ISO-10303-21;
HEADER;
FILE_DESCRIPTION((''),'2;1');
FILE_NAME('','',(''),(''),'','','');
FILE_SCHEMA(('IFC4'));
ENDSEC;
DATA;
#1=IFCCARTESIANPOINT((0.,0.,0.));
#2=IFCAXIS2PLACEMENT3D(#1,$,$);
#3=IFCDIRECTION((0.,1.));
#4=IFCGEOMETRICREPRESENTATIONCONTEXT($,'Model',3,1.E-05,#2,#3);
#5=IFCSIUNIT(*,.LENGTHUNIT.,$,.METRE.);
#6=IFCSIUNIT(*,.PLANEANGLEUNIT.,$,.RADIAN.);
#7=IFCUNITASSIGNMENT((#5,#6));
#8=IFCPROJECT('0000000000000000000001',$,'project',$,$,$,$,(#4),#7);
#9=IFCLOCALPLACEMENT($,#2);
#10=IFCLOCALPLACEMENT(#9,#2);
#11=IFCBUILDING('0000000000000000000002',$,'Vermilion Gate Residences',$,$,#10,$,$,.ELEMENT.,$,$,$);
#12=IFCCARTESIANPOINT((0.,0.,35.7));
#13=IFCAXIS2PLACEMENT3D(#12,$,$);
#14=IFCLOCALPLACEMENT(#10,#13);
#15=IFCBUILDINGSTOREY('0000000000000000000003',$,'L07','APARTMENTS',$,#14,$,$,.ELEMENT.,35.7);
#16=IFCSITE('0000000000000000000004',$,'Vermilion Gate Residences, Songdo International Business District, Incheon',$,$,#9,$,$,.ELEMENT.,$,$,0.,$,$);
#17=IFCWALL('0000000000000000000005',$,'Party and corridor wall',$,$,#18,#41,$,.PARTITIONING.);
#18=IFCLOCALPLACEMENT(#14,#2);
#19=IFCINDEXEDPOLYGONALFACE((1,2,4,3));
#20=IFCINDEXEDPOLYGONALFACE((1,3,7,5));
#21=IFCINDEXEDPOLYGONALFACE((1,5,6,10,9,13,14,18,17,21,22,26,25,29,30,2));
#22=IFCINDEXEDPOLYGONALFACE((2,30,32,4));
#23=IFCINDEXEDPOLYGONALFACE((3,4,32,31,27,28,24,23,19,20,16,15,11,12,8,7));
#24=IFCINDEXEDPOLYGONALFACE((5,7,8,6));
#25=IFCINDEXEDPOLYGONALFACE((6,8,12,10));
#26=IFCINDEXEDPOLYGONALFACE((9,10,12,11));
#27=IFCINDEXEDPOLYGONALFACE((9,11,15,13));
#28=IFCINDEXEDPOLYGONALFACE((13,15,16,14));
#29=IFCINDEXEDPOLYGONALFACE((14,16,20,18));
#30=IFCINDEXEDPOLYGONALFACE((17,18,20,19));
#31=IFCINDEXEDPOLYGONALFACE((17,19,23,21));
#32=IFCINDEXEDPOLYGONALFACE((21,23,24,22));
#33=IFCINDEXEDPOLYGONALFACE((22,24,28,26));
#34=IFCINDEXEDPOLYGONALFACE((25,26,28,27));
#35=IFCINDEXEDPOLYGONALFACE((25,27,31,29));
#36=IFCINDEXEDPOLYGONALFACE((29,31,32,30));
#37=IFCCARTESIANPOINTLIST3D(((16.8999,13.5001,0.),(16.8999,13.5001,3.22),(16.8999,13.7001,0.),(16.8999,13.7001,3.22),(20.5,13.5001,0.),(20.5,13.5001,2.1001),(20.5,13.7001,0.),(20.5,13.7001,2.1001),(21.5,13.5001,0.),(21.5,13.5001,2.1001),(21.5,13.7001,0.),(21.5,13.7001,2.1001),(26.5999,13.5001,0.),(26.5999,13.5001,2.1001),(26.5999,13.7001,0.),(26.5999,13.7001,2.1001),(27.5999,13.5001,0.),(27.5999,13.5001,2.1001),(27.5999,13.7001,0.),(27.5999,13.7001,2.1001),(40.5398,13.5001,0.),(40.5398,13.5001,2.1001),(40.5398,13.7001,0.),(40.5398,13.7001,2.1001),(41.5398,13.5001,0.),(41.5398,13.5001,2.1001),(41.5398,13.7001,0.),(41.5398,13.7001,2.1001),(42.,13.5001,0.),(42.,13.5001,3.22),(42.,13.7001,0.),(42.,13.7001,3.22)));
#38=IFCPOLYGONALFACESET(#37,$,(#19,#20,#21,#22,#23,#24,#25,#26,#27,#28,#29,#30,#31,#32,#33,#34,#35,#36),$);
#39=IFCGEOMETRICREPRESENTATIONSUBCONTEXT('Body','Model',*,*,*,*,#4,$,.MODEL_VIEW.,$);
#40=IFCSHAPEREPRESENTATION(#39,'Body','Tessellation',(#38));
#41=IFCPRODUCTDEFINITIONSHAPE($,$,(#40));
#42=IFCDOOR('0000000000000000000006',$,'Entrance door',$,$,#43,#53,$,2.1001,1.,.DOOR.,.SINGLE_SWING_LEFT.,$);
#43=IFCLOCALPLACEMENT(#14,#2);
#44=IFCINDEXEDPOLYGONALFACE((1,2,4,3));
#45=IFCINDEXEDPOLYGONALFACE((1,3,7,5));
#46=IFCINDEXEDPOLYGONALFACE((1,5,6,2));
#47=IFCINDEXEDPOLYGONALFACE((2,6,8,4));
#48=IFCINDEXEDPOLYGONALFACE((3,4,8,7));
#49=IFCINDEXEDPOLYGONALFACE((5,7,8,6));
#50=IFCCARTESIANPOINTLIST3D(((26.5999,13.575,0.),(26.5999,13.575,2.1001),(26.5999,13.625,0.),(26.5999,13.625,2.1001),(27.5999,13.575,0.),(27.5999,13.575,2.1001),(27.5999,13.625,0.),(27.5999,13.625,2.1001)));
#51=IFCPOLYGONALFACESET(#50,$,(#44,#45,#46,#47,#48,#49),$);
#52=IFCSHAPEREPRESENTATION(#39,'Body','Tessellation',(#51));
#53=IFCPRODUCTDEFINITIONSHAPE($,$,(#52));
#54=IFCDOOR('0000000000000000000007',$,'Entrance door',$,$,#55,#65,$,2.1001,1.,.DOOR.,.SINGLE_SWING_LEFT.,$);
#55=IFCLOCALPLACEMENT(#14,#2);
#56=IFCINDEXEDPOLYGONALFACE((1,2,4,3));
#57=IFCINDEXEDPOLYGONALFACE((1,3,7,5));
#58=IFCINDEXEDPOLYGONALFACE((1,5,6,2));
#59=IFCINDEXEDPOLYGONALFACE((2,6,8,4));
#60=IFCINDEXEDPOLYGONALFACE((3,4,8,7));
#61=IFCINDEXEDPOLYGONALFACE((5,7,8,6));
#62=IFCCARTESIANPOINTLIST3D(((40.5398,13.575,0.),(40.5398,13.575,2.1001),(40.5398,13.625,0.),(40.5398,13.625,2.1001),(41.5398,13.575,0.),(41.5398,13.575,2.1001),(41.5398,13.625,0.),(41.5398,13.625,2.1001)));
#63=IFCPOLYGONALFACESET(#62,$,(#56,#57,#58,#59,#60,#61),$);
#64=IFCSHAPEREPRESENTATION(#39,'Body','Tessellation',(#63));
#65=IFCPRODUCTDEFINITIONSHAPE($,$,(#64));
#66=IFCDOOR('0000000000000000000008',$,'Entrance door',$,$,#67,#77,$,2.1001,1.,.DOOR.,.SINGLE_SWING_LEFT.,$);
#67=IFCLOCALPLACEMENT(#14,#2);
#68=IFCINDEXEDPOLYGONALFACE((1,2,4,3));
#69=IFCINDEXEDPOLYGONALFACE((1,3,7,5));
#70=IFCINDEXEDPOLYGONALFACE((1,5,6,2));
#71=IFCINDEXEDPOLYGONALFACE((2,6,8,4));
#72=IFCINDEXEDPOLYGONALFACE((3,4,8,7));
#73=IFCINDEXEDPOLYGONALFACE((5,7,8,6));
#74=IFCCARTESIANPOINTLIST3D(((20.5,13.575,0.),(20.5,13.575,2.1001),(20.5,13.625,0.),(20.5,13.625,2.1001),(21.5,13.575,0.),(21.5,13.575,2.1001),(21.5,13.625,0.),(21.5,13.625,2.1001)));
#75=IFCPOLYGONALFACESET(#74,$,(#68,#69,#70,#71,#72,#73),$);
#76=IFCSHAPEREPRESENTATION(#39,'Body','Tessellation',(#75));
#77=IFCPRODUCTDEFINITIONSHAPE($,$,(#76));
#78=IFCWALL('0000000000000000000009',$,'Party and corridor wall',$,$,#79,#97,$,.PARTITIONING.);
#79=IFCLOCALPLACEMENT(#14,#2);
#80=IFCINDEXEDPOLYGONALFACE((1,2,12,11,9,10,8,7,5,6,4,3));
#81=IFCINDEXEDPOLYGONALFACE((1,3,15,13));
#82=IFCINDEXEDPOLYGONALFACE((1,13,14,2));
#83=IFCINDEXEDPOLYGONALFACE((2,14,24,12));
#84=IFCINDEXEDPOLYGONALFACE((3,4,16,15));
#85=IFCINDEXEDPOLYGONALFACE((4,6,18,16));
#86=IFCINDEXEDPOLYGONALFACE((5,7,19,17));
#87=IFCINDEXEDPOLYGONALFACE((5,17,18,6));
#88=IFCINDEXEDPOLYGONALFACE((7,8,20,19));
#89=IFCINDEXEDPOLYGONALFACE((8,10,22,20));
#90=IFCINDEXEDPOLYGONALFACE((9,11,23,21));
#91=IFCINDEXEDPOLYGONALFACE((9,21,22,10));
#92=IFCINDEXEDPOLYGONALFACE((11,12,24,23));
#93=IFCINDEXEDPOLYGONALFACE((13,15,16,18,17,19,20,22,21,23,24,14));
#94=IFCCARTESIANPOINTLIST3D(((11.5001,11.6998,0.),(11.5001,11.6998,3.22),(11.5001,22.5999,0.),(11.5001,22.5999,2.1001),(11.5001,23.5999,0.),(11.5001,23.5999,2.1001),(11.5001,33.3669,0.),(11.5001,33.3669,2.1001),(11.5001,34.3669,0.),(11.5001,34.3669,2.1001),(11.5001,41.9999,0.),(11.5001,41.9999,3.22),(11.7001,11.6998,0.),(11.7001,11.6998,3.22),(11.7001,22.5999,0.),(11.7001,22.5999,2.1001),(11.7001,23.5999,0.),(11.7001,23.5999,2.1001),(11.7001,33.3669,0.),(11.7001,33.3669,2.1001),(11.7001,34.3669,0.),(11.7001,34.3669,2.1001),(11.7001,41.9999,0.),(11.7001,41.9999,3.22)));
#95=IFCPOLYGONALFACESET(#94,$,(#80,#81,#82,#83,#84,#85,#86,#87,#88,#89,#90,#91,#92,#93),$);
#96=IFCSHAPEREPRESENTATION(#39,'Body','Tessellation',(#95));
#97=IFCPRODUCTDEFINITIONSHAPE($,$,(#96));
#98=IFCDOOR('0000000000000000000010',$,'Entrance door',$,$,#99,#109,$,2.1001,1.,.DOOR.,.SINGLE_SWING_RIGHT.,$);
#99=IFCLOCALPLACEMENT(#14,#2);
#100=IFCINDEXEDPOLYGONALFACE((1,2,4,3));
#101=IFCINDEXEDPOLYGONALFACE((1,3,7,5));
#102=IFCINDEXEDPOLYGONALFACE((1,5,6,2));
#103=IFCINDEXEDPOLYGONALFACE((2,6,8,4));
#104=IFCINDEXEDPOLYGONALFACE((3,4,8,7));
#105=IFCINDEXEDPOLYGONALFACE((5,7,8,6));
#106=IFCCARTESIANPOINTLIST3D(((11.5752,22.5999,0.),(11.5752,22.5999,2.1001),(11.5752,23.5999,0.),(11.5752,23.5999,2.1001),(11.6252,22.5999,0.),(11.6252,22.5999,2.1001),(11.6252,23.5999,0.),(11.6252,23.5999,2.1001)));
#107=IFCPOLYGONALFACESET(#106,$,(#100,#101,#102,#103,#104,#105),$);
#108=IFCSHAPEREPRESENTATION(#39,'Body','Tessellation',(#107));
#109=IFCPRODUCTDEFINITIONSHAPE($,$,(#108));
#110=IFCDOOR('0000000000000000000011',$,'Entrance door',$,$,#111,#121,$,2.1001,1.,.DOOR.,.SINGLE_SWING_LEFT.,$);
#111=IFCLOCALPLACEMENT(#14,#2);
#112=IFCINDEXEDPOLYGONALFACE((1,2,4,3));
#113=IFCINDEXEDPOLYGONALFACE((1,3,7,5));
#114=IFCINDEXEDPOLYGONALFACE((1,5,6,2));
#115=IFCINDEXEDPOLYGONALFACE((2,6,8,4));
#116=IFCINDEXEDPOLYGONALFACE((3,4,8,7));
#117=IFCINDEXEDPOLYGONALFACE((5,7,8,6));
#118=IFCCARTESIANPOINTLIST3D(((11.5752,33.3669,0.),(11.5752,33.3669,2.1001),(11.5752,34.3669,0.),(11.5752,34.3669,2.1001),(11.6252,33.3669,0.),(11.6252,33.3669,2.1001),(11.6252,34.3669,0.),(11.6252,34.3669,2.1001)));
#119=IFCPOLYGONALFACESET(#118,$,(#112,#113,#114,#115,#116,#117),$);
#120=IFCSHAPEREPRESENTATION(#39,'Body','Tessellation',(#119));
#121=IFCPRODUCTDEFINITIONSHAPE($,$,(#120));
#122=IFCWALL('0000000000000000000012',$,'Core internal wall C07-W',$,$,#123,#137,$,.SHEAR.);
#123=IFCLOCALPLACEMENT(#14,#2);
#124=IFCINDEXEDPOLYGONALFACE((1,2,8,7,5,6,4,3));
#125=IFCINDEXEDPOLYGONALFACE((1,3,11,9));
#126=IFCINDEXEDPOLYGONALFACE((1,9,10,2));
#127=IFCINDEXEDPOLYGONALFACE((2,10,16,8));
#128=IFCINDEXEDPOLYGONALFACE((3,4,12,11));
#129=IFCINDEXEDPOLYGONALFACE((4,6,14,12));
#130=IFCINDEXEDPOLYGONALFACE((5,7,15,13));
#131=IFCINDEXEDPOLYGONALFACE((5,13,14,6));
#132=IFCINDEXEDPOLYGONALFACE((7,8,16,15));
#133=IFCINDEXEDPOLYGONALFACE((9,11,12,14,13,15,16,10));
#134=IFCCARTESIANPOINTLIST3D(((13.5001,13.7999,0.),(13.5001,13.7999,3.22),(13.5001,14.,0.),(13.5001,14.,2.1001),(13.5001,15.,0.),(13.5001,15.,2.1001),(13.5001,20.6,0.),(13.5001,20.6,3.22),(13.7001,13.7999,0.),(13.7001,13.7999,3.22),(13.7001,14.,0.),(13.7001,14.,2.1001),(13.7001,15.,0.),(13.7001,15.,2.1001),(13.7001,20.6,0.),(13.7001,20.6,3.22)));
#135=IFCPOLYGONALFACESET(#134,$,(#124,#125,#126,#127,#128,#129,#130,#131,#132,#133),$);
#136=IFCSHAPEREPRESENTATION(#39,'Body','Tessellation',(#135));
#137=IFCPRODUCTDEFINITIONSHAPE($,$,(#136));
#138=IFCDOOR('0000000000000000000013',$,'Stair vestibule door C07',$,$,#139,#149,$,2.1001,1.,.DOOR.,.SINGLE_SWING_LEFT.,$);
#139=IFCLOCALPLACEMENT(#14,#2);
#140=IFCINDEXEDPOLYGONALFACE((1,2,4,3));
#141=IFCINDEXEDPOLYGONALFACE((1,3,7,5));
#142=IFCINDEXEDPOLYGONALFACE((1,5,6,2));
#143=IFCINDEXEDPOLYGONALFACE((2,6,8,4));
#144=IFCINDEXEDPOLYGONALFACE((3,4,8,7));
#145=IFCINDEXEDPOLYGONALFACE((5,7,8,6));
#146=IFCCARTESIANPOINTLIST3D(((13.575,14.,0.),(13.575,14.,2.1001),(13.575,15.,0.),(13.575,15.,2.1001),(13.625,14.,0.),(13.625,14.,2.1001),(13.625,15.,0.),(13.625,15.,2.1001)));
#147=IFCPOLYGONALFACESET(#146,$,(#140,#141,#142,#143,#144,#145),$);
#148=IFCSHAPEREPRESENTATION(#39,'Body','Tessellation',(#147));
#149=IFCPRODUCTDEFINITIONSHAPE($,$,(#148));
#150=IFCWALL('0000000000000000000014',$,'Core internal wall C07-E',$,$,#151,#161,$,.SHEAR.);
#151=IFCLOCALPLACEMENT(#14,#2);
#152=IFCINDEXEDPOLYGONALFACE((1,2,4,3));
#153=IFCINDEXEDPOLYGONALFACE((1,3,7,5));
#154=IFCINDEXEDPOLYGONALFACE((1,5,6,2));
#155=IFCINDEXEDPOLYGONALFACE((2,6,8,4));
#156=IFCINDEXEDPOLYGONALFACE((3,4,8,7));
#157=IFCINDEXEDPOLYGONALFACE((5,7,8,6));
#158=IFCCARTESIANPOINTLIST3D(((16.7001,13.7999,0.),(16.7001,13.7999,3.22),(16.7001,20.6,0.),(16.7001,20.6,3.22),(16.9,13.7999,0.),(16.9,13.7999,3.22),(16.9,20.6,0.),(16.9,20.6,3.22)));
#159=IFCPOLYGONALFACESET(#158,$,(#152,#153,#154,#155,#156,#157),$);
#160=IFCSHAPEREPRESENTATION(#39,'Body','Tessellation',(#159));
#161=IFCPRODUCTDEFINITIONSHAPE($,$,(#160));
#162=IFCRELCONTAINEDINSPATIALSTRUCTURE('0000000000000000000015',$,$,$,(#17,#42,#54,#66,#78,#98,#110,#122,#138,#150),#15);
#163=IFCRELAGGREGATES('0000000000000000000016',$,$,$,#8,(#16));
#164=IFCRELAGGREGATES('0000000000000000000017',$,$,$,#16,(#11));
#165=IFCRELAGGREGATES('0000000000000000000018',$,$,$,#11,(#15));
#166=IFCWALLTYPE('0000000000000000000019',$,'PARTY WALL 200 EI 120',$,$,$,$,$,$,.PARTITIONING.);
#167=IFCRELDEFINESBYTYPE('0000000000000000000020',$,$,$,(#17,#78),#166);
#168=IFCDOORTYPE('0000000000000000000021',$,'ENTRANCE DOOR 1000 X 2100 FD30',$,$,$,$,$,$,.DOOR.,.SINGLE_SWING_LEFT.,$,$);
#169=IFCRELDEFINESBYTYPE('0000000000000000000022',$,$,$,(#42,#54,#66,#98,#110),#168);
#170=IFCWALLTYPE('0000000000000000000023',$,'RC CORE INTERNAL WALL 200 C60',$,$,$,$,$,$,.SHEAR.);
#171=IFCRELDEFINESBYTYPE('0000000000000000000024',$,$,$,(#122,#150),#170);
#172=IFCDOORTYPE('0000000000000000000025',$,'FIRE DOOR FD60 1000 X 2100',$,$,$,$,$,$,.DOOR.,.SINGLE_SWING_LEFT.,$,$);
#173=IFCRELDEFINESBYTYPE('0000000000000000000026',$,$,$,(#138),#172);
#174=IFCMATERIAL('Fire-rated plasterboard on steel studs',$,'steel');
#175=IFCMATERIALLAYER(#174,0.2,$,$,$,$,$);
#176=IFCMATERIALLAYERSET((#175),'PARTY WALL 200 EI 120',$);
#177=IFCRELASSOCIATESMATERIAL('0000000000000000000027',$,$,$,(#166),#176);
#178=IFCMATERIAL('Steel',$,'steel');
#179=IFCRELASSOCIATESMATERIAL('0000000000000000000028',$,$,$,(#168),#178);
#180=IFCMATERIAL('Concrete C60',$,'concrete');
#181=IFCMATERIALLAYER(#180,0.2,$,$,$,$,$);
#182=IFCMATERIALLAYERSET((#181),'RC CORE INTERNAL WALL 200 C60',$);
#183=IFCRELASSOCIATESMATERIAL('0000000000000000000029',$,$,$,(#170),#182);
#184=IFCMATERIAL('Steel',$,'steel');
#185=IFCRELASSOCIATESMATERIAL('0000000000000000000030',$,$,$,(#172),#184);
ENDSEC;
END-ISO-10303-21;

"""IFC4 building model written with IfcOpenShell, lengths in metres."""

from ifc_helpers import new_model, si_unit, direction, frame, frame_2d, origin, place, context, subcontext, project, spatial, rectangle, extrude, material, layer, layer_set, type_object, element, fill, save


model = new_model("IFC4")

# Units and contexts
model_context = context("Model", 3, precision=1e-05, world=origin(), true_north=direction((0.0, 1.0)))
body_context = subcontext(model_context, "Body", "Model", "MODEL_VIEW")
ifc_project = project(units=[si_unit("LENGTHUNIT", "METRE"), si_unit("PLANEANGLEUNIT", "RADIAN")], contexts=[model_context])

# Site, building, storey
site_placement = place(None, origin())
site = spatial("IfcSite", under=ifc_project, at=site_placement, Name="Vermilion Gate Residences, Songdo International Business District, Incheon", CompositionType="ELEMENT", RefElevation=0.0)
building_placement = place(site_placement, origin())
building = spatial("IfcBuilding", under=site, at=building_placement, Name="Vermilion Gate Residences", CompositionType="ELEMENT")
storey_placement = place(building_placement, frame((0.0, 0.0, 35.7)))
storey = spatial("IfcBuildingStorey", under=building, at=storey_placement, Name="L07", Description="APARTMENTS", CompositionType="ELEMENT", Elevation=35.7)

# Walls, openings, doors
ifc_material_1 = material(Name="Fire-rated plasterboard on steel studs", Category="steel")
ifc_layer_1 = layer(ifc_material_1, 0.2)
ifc_layer_set_1 = layer_set([ifc_layer_1], Name="PARTY WALL 200 EI 120")
wall_type_1 = type_object("IfcWallType", Name="PARTY WALL 200 EI 120", PredefinedType="PARTITIONING", material=ifc_layer_set_1)
wall_1_placement = place(storey_placement, frame((16.8999, 13.6001, 0.0), z_axis=(0.0, 0.0, 1.0), x_axis=(1.0, 0.0, 0.0)))
wall_1 = element("IfcWall", 1, at=wall_1_placement, inside=storey, type_object=wall_type_1, Name="Party and corridor wall", PredefinedType="PARTITIONING", context=body_context, shape_type="SweptSolid", body=[
    extrude(rectangle(XDim=25.1001, YDim=0.2, at=frame_2d((12.55, 0.0))), origin(), (0.0, 0.0, 1.0), 3.22),
])
opening_1_placement = place(wall_1_placement, frame((9.7, 0.0, 0.0)))
opening_1 = element("IfcOpeningElement", 2, at=opening_1_placement, cuts=wall_1, PredefinedType="OPENING", context=body_context, shape_type="SweptSolid", body=[
    extrude(rectangle(XDim=1.0, YDim=2.1001, at=frame_2d((0.5, 1.05))), frame((0.0, 0.1099, 0.0), z_axis=(0.0, -1.0, 0.0), x_axis=(1.0, 0.0, 0.0)), (0.0, 0.0, 1.0), 0.22),
])
opening_2_placement = place(wall_1_placement, frame((23.6399, 0.0, 0.0)))
opening_2 = element("IfcOpeningElement", 3, at=opening_2_placement, cuts=wall_1, PredefinedType="OPENING", context=body_context, shape_type="SweptSolid", body=[
    extrude(rectangle(XDim=1.0, YDim=2.1001, at=frame_2d((0.5, 1.05))), frame((0.0, 0.1099, 0.0), z_axis=(0.0, -1.0, 0.0), x_axis=(1.0, 0.0, 0.0)), (0.0, 0.0, 1.0), 0.22),
])
opening_3_placement = place(wall_1_placement, frame((3.6001, 0.0, 0.0)))
opening_3 = element("IfcOpeningElement", 4, at=opening_3_placement, cuts=wall_1, PredefinedType="OPENING", context=body_context, shape_type="SweptSolid", body=[
    extrude(rectangle(XDim=1.0, YDim=2.1001, at=frame_2d((0.5, 1.05))), frame((0.0, 0.1099, 0.0), z_axis=(0.0, -1.0, 0.0), x_axis=(1.0, 0.0, 0.0)), (0.0, 0.0, 1.0), 0.22),
])
ifc_material_2 = material(Name="Steel", Category="steel")
door_type_1 = type_object("IfcDoorType", Name="ENTRANCE DOOR 1000 X 2100 FD30", OperationType="SINGLE_SWING_LEFT", PredefinedType="DOOR", material=ifc_material_2)
door_1_placement = place(opening_1_placement, origin())
door_1 = element("IfcDoor", 5, at=door_1_placement, inside=storey, type_object=door_type_1, Name="Entrance door", OperationType="SINGLE_SWING_LEFT", OverallHeight=2.1001, OverallWidth=1.0, PredefinedType="DOOR", context=body_context, shape_type="SweptSolid", body=[
    extrude(rectangle(XDim=1.0, YDim=2.1001, at=frame_2d((0.5, 1.05))), frame((0.0, 0.0249, 0.0), z_axis=(0.0, -1.0, 0.0), x_axis=(1.0, 0.0, 0.0)), (0.0, 0.0, 1.0), 0.05),
])
fill(opening_1, door_1)
door_2_placement = place(opening_2_placement, origin())
door_2 = element("IfcDoor", 6, at=door_2_placement, inside=storey, type_object=door_type_1, Name="Entrance door", OperationType="SINGLE_SWING_LEFT", OverallHeight=2.1001, OverallWidth=1.0, PredefinedType="DOOR", context=body_context, shape_type="SweptSolid", body=[
    extrude(rectangle(XDim=1.0, YDim=2.1001, at=frame_2d((0.5, 1.05))), frame((0.0, 0.0249, 0.0), z_axis=(0.0, -1.0, 0.0), x_axis=(1.0, 0.0, 0.0)), (0.0, 0.0, 1.0), 0.05),
])
fill(opening_2, door_2)
door_3_placement = place(opening_3_placement, origin())
door_3 = element("IfcDoor", 7, at=door_3_placement, inside=storey, type_object=door_type_1, Name="Entrance door", OperationType="SINGLE_SWING_LEFT", OverallHeight=2.1001, OverallWidth=1.0, PredefinedType="DOOR", context=body_context, shape_type="SweptSolid", body=[
    extrude(rectangle(XDim=1.0, YDim=2.1001, at=frame_2d((0.5, 1.05))), frame((0.0, 0.0249, 0.0), z_axis=(0.0, -1.0, 0.0), x_axis=(1.0, 0.0, 0.0)), (0.0, 0.0, 1.0), 0.05),
])
fill(opening_3, door_3)
wall_2_placement = place(storey_placement, frame((11.6001, 11.7, 0.0), z_axis=(0.0, 0.0, 1.0), x_axis=(0.0, 1.0, 0.0)))
wall_2 = element("IfcWall", 8, at=wall_2_placement, inside=storey, type_object=wall_type_1, Name="Party and corridor wall", PredefinedType="PARTITIONING", context=body_context, shape_type="SweptSolid", body=[
    extrude(rectangle(XDim=30.3, YDim=0.2, at=frame_2d((15.1499, 0.0))), origin(), (0.0, 0.0, 1.0), 3.22),
])
opening_4_placement = place(wall_2_placement, frame((10.8999, 0.0, 0.0)))
opening_4 = element("IfcOpeningElement", 9, at=opening_4_placement, cuts=wall_2, PredefinedType="OPENING", context=body_context, shape_type="SweptSolid", body=[
    extrude(rectangle(XDim=1.0, YDim=2.1001, at=frame_2d((0.5, 1.05))), frame((0.0, 0.1099, 0.0), z_axis=(0.0, -1.0, 0.0), x_axis=(1.0, 0.0, 0.0)), (0.0, 0.0, 1.0), 0.22),
])
opening_5_placement = place(wall_2_placement, frame((21.667, 0.0, 0.0)))
opening_5 = element("IfcOpeningElement", 10, at=opening_5_placement, cuts=wall_2, PredefinedType="OPENING", context=body_context, shape_type="SweptSolid", body=[
    extrude(rectangle(XDim=1.0, YDim=2.1001, at=frame_2d((0.5, 1.05))), frame((0.0, 0.1099, 0.0), z_axis=(0.0, -1.0, 0.0), x_axis=(1.0, 0.0, 0.0)), (0.0, 0.0, 1.0), 0.22),
])
door_4_placement = place(opening_4_placement, origin())
door_4 = element("IfcDoor", 11, at=door_4_placement, inside=storey, type_object=door_type_1, Name="Entrance door", OperationType="SINGLE_SWING_RIGHT", OverallHeight=2.1001, OverallWidth=1.0, PredefinedType="DOOR", context=body_context, shape_type="SweptSolid", body=[
    extrude(rectangle(XDim=1.0, YDim=2.1001, at=frame_2d((0.5, 1.05))), frame((0.0, 0.0249, 0.0), z_axis=(0.0, -1.0, 0.0), x_axis=(1.0, 0.0, 0.0)), (0.0, 0.0, 1.0), 0.05),
])
fill(opening_4, door_4)
door_5_placement = place(opening_5_placement, origin())
door_5 = element("IfcDoor", 12, at=door_5_placement, inside=storey, type_object=door_type_1, Name="Entrance door", OperationType="SINGLE_SWING_LEFT", OverallHeight=2.1001, OverallWidth=1.0, PredefinedType="DOOR", context=body_context, shape_type="SweptSolid", body=[
    extrude(rectangle(XDim=1.0, YDim=2.1001, at=frame_2d((0.5, 1.05))), frame((0.0, 0.0249, 0.0), z_axis=(0.0, -1.0, 0.0), x_axis=(1.0, 0.0, 0.0)), (0.0, 0.0, 1.0), 0.05),
])
fill(opening_5, door_5)

# Wall, opening, door
ifc_material_3 = material(Name="Concrete C60", Category="concrete")
ifc_layer_2 = layer(ifc_material_3, 0.2)
ifc_layer_set_2 = layer_set([ifc_layer_2], Name="RC CORE INTERNAL WALL 200 C60")
wall_type_2 = type_object("IfcWallType", Name="RC CORE INTERNAL WALL 200 C60", PredefinedType="SHEAR", material=ifc_layer_set_2)
wall_3_placement = place(storey_placement, frame((13.6001, 13.8, 0.0), z_axis=(0.0, 0.0, 1.0), x_axis=(0.0, 1.0, 0.0)))
wall_3 = element("IfcWall", 13, at=wall_3_placement, inside=storey, type_object=wall_type_2, Name="Core internal wall C07-W", PredefinedType="SHEAR", context=body_context, shape_type="SweptSolid", body=[
    extrude(rectangle(XDim=6.8, YDim=0.2, at=frame_2d((3.3999, 0.0))), origin(), (0.0, 0.0, 1.0), 3.22),
])
opening_6_placement = place(wall_3_placement, frame((0.2, 0.0, 0.0)))
opening_6 = element("IfcOpeningElement", 14, at=opening_6_placement, cuts=wall_3, PredefinedType="OPENING", context=body_context, shape_type="SweptSolid", body=[
    extrude(rectangle(XDim=1.0, YDim=2.1001, at=frame_2d((0.5, 1.05))), frame((0.0, 0.1099, 0.0), z_axis=(0.0, -1.0, 0.0), x_axis=(1.0, 0.0, 0.0)), (0.0, 0.0, 1.0), 0.22),
])
ifc_material_4 = material(Name="Steel", Category="steel")
door_type_2 = type_object("IfcDoorType", Name="FIRE DOOR FD60 1000 X 2100", OperationType="SINGLE_SWING_LEFT", PredefinedType="DOOR", material=ifc_material_4)
door_6_placement = place(opening_6_placement, frame((1.0, 0.0, 0.0), z_axis=(0.0, 0.0, 1.0), x_axis=(-1.0, 0.0, 0.0)))
door_6 = element("IfcDoor", 15, at=door_6_placement, inside=storey, type_object=door_type_2, Name="Stair vestibule door C07", OperationType="SINGLE_SWING_LEFT", OverallHeight=2.1001, OverallWidth=1.0, PredefinedType="DOOR", context=body_context, shape_type="SweptSolid", body=[
    extrude(rectangle(XDim=1.0, YDim=2.1001, at=frame_2d((0.5, 1.05))), frame((0.0, 0.0249, 0.0), z_axis=(0.0, -1.0, 0.0), x_axis=(1.0, 0.0, 0.0)), (0.0, 0.0, 1.0), 0.05),
])
fill(opening_6, door_6)

# Wall
wall_4_placement = place(storey_placement, frame((16.8, 13.8, 0.0), z_axis=(0.0, 0.0, 1.0), x_axis=(0.0, 1.0, 0.0)))
element("IfcWall", 16, at=wall_4_placement, inside=storey, type_object=wall_type_2, Name="Core internal wall C07-E", PredefinedType="SHEAR", context=body_context, shape_type="SweptSolid", body=[
    extrude(rectangle(XDim=6.8, YDim=0.2, at=frame_2d((3.3999, 0.0))), origin(), (0.0, 0.0, 1.0), 3.22),
])

save(model, "model.ifc")
